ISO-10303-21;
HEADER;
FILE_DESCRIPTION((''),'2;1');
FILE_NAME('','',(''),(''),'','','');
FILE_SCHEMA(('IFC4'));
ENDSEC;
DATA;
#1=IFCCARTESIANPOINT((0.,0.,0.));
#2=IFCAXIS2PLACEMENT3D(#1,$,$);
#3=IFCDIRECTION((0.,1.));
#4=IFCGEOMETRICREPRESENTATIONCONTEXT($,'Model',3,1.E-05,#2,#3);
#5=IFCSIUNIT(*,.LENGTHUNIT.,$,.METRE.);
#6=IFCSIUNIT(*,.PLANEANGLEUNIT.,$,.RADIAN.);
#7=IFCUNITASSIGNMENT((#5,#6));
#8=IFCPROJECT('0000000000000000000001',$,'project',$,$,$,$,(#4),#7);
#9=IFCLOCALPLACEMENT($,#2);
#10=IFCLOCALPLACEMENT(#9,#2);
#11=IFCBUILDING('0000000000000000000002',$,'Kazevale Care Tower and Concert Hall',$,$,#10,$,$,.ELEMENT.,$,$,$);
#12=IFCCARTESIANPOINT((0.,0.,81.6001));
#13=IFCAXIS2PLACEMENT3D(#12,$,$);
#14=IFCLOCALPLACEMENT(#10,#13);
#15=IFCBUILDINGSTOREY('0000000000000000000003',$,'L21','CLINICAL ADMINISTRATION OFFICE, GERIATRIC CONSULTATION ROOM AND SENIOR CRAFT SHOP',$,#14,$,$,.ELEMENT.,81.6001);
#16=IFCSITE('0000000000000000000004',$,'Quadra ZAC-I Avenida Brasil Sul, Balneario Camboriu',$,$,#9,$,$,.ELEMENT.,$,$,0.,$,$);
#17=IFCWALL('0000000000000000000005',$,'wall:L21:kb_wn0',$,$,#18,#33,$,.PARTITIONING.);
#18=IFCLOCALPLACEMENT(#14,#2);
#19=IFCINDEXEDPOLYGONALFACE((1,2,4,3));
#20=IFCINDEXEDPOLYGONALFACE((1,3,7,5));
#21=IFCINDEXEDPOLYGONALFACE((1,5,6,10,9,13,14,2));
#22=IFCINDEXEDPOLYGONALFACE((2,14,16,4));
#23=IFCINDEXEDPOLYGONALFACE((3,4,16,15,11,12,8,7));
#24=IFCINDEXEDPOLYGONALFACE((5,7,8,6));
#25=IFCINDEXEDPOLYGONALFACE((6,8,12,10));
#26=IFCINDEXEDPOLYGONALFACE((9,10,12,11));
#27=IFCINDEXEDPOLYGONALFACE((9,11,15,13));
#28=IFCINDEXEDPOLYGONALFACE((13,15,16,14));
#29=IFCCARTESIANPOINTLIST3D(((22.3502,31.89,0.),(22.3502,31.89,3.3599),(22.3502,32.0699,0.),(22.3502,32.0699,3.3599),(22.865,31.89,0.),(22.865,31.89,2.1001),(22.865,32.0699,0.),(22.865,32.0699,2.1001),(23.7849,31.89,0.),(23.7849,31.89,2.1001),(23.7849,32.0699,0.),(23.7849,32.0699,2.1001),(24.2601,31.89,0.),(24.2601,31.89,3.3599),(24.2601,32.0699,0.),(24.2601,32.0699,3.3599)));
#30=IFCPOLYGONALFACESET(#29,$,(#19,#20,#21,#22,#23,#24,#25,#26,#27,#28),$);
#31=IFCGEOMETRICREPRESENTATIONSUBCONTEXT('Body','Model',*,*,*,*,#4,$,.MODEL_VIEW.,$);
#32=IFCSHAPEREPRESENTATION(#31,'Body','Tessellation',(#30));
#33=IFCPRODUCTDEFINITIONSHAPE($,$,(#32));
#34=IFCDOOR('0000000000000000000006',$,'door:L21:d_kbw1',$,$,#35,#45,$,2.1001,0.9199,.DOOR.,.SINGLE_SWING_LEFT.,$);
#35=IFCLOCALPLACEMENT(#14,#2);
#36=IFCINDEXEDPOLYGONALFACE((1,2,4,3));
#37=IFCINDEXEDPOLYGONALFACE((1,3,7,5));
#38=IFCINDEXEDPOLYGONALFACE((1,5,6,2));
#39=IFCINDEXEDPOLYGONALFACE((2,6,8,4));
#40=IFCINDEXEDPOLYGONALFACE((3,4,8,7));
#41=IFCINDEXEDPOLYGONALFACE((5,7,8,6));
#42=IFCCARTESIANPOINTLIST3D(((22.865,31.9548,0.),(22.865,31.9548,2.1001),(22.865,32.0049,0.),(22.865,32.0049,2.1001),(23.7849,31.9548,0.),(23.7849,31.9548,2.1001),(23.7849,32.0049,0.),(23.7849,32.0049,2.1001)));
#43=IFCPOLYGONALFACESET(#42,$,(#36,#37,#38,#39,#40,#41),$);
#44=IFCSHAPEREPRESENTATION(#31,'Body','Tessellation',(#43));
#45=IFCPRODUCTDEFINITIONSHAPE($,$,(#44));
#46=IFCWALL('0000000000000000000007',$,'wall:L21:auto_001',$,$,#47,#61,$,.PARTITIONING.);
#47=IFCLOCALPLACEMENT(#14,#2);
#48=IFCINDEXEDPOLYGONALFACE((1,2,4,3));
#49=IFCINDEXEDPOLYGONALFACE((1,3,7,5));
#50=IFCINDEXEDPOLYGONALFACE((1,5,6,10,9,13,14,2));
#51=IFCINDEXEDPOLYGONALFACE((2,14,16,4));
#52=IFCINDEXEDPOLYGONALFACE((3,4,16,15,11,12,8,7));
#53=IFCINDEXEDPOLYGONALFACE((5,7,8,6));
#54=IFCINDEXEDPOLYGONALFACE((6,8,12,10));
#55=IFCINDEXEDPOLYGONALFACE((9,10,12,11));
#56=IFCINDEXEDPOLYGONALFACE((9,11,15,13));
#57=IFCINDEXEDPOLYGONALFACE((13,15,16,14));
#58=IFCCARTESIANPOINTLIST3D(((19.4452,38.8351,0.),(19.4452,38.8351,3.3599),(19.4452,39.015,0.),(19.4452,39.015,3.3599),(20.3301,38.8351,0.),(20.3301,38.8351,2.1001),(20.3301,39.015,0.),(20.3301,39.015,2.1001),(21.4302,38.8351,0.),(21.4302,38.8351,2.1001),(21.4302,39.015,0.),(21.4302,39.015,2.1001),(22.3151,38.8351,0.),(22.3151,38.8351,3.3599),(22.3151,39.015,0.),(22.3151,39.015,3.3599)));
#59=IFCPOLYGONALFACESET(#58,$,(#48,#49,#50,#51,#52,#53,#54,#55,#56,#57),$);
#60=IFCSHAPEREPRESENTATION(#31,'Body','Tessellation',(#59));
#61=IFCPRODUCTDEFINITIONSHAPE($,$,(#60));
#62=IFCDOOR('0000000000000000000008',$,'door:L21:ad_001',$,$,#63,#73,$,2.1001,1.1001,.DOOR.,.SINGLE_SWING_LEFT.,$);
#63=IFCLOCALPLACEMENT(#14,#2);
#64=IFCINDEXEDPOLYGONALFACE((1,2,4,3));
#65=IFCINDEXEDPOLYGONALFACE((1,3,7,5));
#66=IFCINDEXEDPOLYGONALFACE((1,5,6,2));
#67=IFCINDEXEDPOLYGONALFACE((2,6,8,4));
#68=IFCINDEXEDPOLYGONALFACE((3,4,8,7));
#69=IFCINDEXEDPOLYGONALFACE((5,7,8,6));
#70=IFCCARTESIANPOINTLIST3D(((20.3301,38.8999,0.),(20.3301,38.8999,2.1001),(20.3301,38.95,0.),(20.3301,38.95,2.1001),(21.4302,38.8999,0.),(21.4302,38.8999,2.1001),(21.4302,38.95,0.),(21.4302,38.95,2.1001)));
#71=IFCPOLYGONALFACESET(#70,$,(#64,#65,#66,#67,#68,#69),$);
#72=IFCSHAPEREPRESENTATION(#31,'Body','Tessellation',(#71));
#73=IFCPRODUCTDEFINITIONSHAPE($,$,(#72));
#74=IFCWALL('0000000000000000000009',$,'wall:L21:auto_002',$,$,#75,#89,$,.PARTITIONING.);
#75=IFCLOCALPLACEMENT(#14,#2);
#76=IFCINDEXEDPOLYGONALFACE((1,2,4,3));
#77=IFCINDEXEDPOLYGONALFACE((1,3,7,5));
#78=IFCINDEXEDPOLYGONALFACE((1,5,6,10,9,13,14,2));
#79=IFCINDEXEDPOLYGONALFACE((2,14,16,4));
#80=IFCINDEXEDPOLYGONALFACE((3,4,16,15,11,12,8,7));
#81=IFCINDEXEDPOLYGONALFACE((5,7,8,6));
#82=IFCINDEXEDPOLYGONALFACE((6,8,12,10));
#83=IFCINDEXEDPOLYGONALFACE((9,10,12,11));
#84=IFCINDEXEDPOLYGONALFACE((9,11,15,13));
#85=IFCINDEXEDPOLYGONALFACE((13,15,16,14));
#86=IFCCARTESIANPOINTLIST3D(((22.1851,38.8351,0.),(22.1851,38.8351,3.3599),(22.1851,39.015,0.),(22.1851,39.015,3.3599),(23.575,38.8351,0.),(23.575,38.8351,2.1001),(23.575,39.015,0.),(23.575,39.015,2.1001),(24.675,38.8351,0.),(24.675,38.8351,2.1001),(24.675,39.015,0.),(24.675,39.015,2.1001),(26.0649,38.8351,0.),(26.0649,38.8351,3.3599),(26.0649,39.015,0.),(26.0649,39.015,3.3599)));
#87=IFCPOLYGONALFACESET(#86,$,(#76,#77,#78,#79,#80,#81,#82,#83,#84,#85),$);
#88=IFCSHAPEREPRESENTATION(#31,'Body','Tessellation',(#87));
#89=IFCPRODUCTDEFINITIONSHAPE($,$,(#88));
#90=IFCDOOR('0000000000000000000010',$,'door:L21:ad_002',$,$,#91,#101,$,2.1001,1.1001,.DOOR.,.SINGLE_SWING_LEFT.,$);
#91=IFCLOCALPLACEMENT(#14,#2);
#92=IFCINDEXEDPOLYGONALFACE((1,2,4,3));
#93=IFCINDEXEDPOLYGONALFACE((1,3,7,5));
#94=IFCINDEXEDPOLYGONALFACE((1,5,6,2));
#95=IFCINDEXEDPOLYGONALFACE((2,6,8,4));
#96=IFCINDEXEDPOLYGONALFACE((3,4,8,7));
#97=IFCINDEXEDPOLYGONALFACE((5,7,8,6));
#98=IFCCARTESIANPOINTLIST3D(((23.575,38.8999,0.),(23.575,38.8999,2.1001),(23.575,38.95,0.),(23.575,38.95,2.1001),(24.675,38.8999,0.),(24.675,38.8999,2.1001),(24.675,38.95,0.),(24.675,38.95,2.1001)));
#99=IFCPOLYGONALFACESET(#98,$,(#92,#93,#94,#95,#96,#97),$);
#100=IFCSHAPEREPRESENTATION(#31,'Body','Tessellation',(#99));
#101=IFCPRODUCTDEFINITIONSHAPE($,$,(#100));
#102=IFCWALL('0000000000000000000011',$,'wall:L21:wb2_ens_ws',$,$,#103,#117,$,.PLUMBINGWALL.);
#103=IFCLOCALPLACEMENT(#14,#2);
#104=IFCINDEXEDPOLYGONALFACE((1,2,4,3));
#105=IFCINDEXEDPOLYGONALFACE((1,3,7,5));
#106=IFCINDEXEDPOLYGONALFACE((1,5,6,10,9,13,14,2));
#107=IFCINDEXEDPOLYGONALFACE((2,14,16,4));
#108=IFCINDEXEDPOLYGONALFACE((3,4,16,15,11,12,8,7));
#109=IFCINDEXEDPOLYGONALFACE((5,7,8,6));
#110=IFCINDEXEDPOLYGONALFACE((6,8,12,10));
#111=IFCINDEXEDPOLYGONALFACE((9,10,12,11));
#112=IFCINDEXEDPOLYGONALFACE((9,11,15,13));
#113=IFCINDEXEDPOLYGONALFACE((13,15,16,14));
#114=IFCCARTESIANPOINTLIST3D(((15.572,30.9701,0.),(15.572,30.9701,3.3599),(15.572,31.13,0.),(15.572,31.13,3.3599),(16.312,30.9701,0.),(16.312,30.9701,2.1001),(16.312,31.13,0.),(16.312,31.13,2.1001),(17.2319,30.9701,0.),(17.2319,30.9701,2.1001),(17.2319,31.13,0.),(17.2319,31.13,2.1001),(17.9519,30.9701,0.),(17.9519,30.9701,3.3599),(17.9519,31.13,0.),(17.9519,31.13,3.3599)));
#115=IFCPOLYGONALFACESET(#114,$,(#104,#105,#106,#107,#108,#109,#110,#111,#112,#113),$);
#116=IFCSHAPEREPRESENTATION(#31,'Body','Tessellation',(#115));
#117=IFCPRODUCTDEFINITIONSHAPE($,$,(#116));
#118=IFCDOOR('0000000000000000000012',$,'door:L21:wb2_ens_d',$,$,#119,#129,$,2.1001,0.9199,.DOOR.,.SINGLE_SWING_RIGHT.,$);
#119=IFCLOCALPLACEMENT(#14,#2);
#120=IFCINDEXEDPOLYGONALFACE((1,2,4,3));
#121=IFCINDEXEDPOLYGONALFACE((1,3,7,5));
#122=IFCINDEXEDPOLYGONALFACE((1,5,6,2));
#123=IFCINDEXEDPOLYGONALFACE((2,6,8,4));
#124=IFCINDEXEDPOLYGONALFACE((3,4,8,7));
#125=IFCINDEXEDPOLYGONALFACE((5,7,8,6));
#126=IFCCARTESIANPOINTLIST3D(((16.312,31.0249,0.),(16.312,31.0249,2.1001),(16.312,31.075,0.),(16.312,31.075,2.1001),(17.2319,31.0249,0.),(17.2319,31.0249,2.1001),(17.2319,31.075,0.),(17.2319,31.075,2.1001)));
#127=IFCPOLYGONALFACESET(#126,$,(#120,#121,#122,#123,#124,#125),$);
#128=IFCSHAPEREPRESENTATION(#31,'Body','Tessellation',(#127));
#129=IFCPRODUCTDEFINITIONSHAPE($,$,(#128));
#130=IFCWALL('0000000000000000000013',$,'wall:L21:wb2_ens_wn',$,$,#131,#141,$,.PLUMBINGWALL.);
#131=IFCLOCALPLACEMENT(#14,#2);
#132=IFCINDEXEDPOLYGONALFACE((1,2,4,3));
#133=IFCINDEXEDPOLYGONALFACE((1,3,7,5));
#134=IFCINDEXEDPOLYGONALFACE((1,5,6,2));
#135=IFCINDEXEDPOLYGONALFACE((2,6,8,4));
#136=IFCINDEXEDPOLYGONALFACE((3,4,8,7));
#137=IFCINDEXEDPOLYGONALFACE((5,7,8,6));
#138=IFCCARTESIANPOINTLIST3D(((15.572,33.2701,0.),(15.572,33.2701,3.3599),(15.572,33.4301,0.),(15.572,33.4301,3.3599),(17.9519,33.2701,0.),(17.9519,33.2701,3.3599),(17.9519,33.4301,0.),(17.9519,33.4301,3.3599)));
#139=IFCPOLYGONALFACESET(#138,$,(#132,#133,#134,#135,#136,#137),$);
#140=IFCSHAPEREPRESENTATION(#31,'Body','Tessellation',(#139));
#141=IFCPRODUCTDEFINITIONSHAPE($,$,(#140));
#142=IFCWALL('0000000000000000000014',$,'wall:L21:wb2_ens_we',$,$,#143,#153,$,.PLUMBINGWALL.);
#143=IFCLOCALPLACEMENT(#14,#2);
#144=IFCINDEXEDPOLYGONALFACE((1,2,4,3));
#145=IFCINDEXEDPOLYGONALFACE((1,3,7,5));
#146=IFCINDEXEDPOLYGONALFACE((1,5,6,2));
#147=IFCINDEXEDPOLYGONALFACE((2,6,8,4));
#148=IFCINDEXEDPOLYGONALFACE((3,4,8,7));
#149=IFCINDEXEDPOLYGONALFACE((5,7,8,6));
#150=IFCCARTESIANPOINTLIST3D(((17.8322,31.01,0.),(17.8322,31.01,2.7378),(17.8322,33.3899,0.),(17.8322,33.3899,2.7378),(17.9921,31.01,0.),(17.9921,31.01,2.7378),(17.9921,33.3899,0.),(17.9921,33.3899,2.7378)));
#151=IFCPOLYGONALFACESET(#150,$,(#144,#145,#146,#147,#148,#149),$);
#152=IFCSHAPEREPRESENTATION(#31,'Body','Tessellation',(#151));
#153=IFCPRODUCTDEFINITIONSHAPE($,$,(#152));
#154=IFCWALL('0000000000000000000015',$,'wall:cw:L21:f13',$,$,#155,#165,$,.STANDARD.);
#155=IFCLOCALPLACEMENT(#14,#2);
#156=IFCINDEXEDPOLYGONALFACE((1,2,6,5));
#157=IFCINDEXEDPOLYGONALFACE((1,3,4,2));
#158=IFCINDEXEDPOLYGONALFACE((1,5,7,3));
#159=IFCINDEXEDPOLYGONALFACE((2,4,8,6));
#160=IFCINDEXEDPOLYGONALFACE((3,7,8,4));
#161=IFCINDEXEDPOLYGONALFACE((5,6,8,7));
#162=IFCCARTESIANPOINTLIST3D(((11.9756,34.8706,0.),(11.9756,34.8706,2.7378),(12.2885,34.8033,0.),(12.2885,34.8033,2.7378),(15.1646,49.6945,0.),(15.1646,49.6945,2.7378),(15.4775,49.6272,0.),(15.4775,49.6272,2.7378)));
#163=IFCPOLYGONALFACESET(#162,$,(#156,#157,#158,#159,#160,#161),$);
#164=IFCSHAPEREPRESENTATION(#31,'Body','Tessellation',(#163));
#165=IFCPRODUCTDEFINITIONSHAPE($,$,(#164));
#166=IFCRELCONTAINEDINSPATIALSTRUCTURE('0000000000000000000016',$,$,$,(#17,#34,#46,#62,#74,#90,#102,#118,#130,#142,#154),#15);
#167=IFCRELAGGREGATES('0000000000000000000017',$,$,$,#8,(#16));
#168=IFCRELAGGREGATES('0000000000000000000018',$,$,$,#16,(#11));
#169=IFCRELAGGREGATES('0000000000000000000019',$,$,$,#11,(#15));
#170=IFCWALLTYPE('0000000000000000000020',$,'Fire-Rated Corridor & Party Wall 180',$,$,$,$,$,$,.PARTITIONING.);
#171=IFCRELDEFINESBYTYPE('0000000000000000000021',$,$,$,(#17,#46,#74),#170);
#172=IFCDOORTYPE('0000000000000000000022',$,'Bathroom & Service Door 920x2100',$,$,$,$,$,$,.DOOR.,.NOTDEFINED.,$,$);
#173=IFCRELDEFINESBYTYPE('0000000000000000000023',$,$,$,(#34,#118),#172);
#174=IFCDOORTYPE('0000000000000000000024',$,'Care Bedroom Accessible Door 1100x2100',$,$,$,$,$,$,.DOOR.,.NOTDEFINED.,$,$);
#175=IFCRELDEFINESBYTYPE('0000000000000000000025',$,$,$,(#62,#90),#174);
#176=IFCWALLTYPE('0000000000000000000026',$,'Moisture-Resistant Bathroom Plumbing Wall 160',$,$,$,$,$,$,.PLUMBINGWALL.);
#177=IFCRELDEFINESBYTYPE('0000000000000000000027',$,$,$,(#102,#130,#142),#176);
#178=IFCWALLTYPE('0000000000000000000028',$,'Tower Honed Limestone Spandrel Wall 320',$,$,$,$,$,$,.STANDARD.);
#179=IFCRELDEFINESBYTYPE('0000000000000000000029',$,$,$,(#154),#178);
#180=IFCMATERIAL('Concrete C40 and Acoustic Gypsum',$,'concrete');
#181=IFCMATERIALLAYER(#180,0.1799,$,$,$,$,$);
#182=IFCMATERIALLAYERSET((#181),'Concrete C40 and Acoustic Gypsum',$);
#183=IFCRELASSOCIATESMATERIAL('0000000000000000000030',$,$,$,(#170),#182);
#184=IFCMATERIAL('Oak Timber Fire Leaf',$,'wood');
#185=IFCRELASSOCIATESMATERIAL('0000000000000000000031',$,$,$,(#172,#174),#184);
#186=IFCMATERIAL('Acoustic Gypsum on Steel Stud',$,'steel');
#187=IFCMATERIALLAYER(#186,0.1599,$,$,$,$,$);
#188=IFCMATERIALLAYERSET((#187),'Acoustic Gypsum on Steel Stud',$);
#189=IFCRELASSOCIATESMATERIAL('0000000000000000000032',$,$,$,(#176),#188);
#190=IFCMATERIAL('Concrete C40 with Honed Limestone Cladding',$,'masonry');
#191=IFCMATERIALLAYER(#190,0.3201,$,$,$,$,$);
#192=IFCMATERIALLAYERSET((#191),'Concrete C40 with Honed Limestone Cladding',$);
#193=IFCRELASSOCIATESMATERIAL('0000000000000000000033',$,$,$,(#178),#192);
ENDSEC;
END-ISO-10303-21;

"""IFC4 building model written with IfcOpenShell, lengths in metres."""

from ifc_helpers import new_model, si_unit, direction, frame, frame_2d, origin, place, context, subcontext, project, spatial, rectangle, extrude, material, layer, layer_set, type_object, element, fill, save


model = new_model("IFC4")

# Units and contexts
model_context = context("Model", 3, precision=1e-05, world=origin(), true_north=direction((0.0, 1.0)))
body_context = subcontext(model_context, "Body", "Model", "MODEL_VIEW")
ifc_project = project(units=[si_unit("LENGTHUNIT", "METRE"), si_unit("PLANEANGLEUNIT", "RADIAN")], contexts=[model_context])

# Site, building, storey
site_placement = place(None, origin())
site = spatial("IfcSite", under=ifc_project, at=site_placement, Name="Quadra ZAC-I Avenida Brasil Sul, Balneario Camboriu", CompositionType="ELEMENT", RefElevation=0.0)
building_placement = place(site_placement, origin())
building = spatial("IfcBuilding", under=site, at=building_placement, Name="Kazevale Care Tower and Concert Hall", CompositionType="ELEMENT")
storey_placement = place(building_placement, frame((0.0, 0.0, 81.6001)))
storey = spatial("IfcBuildingStorey", under=building, at=storey_placement, Name="L21", Description="CLINICAL ADMINISTRATION OFFICE, GERIATRIC CONSULTATION ROOM AND SENIOR CRAFT SHOP", CompositionType="ELEMENT", Elevation=81.6001)

# Walls, openings, doors
ifc_material_1 = material(Name="Concrete C40 and Acoustic Gypsum", Category="concrete")
ifc_layer_1 = layer(ifc_material_1, 0.1799)
ifc_layer_set_1 = layer_set([ifc_layer_1], Name="Concrete C40 and Acoustic Gypsum")
wall_type_1 = type_object("IfcWallType", Name="Fire-Rated Corridor & Party Wall 180", PredefinedType="PARTITIONING", material=ifc_layer_set_1)
wall_1_placement = place(storey_placement, frame((22.3501, 31.98, 0.0), z_axis=(0.0, 0.0, 1.0), x_axis=(1.0, 0.0, 0.0)))
wall_1 = element("IfcWall", 1, at=wall_1_placement, inside=storey, type_object=wall_type_1, Name="wall:L21:kb_wn0", PredefinedType="PARTITIONING", context=body_context, shape_type="SweptSolid", body=[
    extrude(rectangle(XDim=1.9099, YDim=0.1799, at=frame_2d((0.9551, 0.0))), origin(), (0.0, 0.0, 1.0), 3.3599),
])
opening_1_placement = place(wall_1_placement, frame((0.5149, 0.0, 0.0)))
opening_1 = element("IfcOpeningElement", 2, at=opening_1_placement, cuts=wall_1, PredefinedType="OPENING", context=body_context, shape_type="SweptSolid", body=[
    extrude(rectangle(XDim=0.9199, YDim=2.1001, at=frame_2d((0.46, 1.05))), frame((0.0, 0.0999, 0.0), z_axis=(0.0, -1.0, 0.0), x_axis=(1.0, 0.0, 0.0)), (0.0, 0.0, 1.0), 0.2),
])
ifc_material_2 = material(Name="Oak Timber Fire Leaf", Category="wood")
door_type_1 = type_object("IfcDoorType", Name="Bathroom & Service Door 920x2100", OperationType="NOTDEFINED", PredefinedType="DOOR", material=ifc_material_2)
door_1_placement = place(opening_1_placement, origin())
door_1 = element("IfcDoor", 3, at=door_1_placement, inside=storey, type_object=door_type_1, Name="door:L21:d_kbw1", OperationType="SINGLE_SWING_LEFT", OverallHeight=2.1001, OverallWidth=0.9199, PredefinedType="DOOR", context=body_context, shape_type="SweptSolid", body=[
    extrude(rectangle(XDim=0.9199, YDim=2.1001, at=frame_2d((0.46, 1.05))), frame((0.0, 0.0249, 0.0), z_axis=(0.0, -1.0, 0.0), x_axis=(1.0, 0.0, 0.0)), (0.0, 0.0, 1.0), 0.05),
])
fill(opening_1, door_1)
wall_2_placement = place(storey_placement, frame((19.4451, 38.925, 0.0), z_axis=(0.0, 0.0, 1.0), x_axis=(1.0, 0.0, 0.0)))
wall_2 = element("IfcWall", 4, at=wall_2_placement, inside=storey, type_object=wall_type_1, Name="wall:L21:auto_001", PredefinedType="PARTITIONING", context=body_context, shape_type="SweptSolid", body=[
    extrude(rectangle(XDim=2.8699, YDim=0.1799, at=frame_2d((1.4351, 0.0))), origin(), (0.0, 0.0, 1.0), 3.3599),
])
opening_2_placement = place(wall_2_placement, frame((0.885, 0.0, 0.0)))
opening_2 = element("IfcOpeningElement", 5, at=opening_2_placement, cuts=wall_2, PredefinedType="OPENING", context=body_context, shape_type="SweptSolid", body=[
    extrude(rectangle(XDim=1.1001, YDim=2.1001, at=frame_2d((0.55, 1.05))), frame((0.0, 0.0999, 0.0), z_axis=(0.0, -1.0, 0.0), x_axis=(1.0, 0.0, 0.0)), (0.0, 0.0, 1.0), 0.2),
])
door_type_2 = type_object("IfcDoorType", Name="Care Bedroom Accessible Door 1100x2100", OperationType="NOTDEFINED", PredefinedType="DOOR", material=ifc_material_2)
door_2_placement = place(opening_2_placement, origin())
door_2 = element("IfcDoor", 6, at=door_2_placement, inside=storey, type_object=door_type_2, Name="door:L21:ad_001", OperationType="SINGLE_SWING_LEFT", OverallHeight=2.1001, OverallWidth=1.1001, PredefinedType="DOOR", context=body_context, shape_type="SweptSolid", body=[
    extrude(rectangle(XDim=1.1001, YDim=2.1001, at=frame_2d((0.55, 1.05))), frame((0.0, 0.0249, 0.0), z_axis=(0.0, -1.0, 0.0), x_axis=(1.0, 0.0, 0.0)), (0.0, 0.0, 1.0), 0.05),
])
fill(opening_2, door_2)
wall_3_placement = place(storey_placement, frame((22.1851, 38.925, 0.0), z_axis=(0.0, 0.0, 1.0), x_axis=(1.0, 0.0, 0.0)))
wall_3 = element("IfcWall", 7, at=wall_3_placement, inside=storey, type_object=wall_type_1, Name="wall:L21:auto_002", PredefinedType="PARTITIONING", context=body_context, shape_type="SweptSolid", body=[
    extrude(rectangle(XDim=3.8799, YDim=0.1799, at=frame_2d((1.9399, 0.0))), origin(), (0.0, 0.0, 1.0), 3.3599),
])
opening_3_placement = place(wall_3_placement, frame((1.3899, 0.0, 0.0)))
opening_3 = element("IfcOpeningElement", 8, at=opening_3_placement, cuts=wall_3, PredefinedType="OPENING", context=body_context, shape_type="SweptSolid", body=[
    extrude(rectangle(XDim=1.1001, YDim=2.1001, at=frame_2d((0.55, 1.05))), frame((0.0, 0.0999, 0.0), z_axis=(0.0, -1.0, 0.0), x_axis=(1.0, 0.0, 0.0)), (0.0, 0.0, 1.0), 0.2),
])
door_3_placement = place(opening_3_placement, origin())
door_3 = element("IfcDoor", 9, at=door_3_placement, inside=storey, type_object=door_type_2, Name="door:L21:ad_002", OperationType="SINGLE_SWING_LEFT", OverallHeight=2.1001, OverallWidth=1.1001, PredefinedType="DOOR", context=body_context, shape_type="SweptSolid", body=[
    extrude(rectangle(XDim=1.1001, YDim=2.1001, at=frame_2d((0.55, 1.05))), frame((0.0, 0.0249, 0.0), z_axis=(0.0, -1.0, 0.0), x_axis=(1.0, 0.0, 0.0)), (0.0, 0.0, 1.0), 0.05),
])
fill(opening_3, door_3)
ifc_material_3 = material(Name="Acoustic Gypsum on Steel Stud", Category="steel")
ifc_layer_2 = layer(ifc_material_3, 0.1599)
ifc_layer_set_2 = layer_set([ifc_layer_2], Name="Acoustic Gypsum on Steel Stud")
wall_type_2 = type_object("IfcWallType", Name="Moisture-Resistant Bathroom Plumbing Wall 160", PredefinedType="PLUMBINGWALL", material=ifc_layer_set_2)
wall_4_placement = place(storey_placement, frame((15.572, 31.05, 0.0), z_axis=(0.0, 0.0, 1.0), x_axis=(1.0, 0.0, 0.0)))
wall_4 = element("IfcWall", 10, at=wall_4_placement, inside=storey, type_object=wall_type_2, Name="wall:L21:wb2_ens_ws", PredefinedType="PLUMBINGWALL", context=body_context, shape_type="SweptSolid", body=[
    extrude(rectangle(XDim=2.3799, YDim=0.1599, at=frame_2d((1.1899, 0.0))), origin(), (0.0, 0.0, 1.0), 3.3599),
])
opening_4_placement = place(wall_4_placement, frame((0.74, 0.0, 0.0)))
opening_4 = element("IfcOpeningElement", 11, at=opening_4_placement, cuts=wall_4, PredefinedType="OPENING", context=body_context, shape_type="SweptSolid", body=[
    extrude(rectangle(XDim=0.9199, YDim=2.1001, at=frame_2d((0.46, 1.05))), frame((0.0, 0.0898, 0.0), z_axis=(0.0, -1.0, 0.0), x_axis=(1.0, 0.0, 0.0)), (0.0, 0.0, 1.0), 0.1799),
])
door_4_placement = place(opening_4_placement, origin())
door_4 = element("IfcDoor", 12, at=door_4_placement, inside=storey, type_object=door_type_1, Name="door:L21:wb2_ens_d", OperationType="SINGLE_SWING_RIGHT", OverallHeight=2.1001, OverallWidth=0.9199, PredefinedType="DOOR", context=body_context, shape_type="SweptSolid", body=[
    extrude(rectangle(XDim=0.9199, YDim=2.1001, at=frame_2d((0.46, 1.05))), frame((0.0, 0.0249, 0.0), z_axis=(0.0, -1.0, 0.0), x_axis=(1.0, 0.0, 0.0)), (0.0, 0.0, 1.0), 0.05),
])
fill(opening_4, door_4)

# Walls
wall_5_placement = place(storey_placement, frame((15.572, 33.3501, 0.0), z_axis=(0.0, 0.0, 1.0), x_axis=(1.0, 0.0, 0.0)))
element("IfcWall", 13, at=wall_5_placement, inside=storey, type_object=wall_type_2, Name="wall:L21:wb2_ens_wn", PredefinedType="PLUMBINGWALL", context=body_context, shape_type="SweptSolid", body=[
    extrude(rectangle(XDim=2.3799, YDim=0.1599, at=frame_2d((1.1899, 0.0))), origin(), (0.0, 0.0, 1.0), 3.3599),
])
wall_6_placement = place(storey_placement, frame((17.9121, 31.01, 0.0), z_axis=(0.0, 0.0, 1.0), x_axis=(0.0, 1.0, 0.0)))
element("IfcWall", 14, at=wall_6_placement, inside=storey, type_object=wall_type_2, Name="wall:L21:wb2_ens_we", PredefinedType="PLUMBINGWALL", context=body_context, shape_type="SweptSolid", body=[
    extrude(rectangle(XDim=2.3799, YDim=0.1599, at=frame_2d((1.1899, 0.0))), origin(), (0.0, 0.0, 1.0), 2.7378),
])
ifc_material_4 = material(Name="Concrete C40 with Honed Limestone Cladding", Category="masonry")
ifc_layer_3 = layer(ifc_material_4, 0.3201)
ifc_layer_set_3 = layer_set([ifc_layer_3], Name="Concrete C40 with Honed Limestone Cladding")
wall_type_3 = type_object("IfcWallType", Name="Tower Honed Limestone Spandrel Wall 320", PredefinedType="STANDARD", material=ifc_layer_set_3)
wall_7_placement = place(storey_placement, frame((12.1321, 34.8369, 0.0), z_axis=(0.0, 0.0, 1.0), x_axis=(0.210311, 0.977635, 0.0)))
element("IfcWall", 15, at=wall_7_placement, inside=storey, type_object=wall_type_3, Name="wall:cw:L21:f13", PredefinedType="STANDARD", context=body_context, shape_type="SweptSolid", body=[
    extrude(rectangle(XDim=15.1631, YDim=0.3201, at=frame_2d((7.5815, 0.0))), origin(), (0.0, 0.0, 1.0), 2.7378),
])

save(model, "model.ifc")
